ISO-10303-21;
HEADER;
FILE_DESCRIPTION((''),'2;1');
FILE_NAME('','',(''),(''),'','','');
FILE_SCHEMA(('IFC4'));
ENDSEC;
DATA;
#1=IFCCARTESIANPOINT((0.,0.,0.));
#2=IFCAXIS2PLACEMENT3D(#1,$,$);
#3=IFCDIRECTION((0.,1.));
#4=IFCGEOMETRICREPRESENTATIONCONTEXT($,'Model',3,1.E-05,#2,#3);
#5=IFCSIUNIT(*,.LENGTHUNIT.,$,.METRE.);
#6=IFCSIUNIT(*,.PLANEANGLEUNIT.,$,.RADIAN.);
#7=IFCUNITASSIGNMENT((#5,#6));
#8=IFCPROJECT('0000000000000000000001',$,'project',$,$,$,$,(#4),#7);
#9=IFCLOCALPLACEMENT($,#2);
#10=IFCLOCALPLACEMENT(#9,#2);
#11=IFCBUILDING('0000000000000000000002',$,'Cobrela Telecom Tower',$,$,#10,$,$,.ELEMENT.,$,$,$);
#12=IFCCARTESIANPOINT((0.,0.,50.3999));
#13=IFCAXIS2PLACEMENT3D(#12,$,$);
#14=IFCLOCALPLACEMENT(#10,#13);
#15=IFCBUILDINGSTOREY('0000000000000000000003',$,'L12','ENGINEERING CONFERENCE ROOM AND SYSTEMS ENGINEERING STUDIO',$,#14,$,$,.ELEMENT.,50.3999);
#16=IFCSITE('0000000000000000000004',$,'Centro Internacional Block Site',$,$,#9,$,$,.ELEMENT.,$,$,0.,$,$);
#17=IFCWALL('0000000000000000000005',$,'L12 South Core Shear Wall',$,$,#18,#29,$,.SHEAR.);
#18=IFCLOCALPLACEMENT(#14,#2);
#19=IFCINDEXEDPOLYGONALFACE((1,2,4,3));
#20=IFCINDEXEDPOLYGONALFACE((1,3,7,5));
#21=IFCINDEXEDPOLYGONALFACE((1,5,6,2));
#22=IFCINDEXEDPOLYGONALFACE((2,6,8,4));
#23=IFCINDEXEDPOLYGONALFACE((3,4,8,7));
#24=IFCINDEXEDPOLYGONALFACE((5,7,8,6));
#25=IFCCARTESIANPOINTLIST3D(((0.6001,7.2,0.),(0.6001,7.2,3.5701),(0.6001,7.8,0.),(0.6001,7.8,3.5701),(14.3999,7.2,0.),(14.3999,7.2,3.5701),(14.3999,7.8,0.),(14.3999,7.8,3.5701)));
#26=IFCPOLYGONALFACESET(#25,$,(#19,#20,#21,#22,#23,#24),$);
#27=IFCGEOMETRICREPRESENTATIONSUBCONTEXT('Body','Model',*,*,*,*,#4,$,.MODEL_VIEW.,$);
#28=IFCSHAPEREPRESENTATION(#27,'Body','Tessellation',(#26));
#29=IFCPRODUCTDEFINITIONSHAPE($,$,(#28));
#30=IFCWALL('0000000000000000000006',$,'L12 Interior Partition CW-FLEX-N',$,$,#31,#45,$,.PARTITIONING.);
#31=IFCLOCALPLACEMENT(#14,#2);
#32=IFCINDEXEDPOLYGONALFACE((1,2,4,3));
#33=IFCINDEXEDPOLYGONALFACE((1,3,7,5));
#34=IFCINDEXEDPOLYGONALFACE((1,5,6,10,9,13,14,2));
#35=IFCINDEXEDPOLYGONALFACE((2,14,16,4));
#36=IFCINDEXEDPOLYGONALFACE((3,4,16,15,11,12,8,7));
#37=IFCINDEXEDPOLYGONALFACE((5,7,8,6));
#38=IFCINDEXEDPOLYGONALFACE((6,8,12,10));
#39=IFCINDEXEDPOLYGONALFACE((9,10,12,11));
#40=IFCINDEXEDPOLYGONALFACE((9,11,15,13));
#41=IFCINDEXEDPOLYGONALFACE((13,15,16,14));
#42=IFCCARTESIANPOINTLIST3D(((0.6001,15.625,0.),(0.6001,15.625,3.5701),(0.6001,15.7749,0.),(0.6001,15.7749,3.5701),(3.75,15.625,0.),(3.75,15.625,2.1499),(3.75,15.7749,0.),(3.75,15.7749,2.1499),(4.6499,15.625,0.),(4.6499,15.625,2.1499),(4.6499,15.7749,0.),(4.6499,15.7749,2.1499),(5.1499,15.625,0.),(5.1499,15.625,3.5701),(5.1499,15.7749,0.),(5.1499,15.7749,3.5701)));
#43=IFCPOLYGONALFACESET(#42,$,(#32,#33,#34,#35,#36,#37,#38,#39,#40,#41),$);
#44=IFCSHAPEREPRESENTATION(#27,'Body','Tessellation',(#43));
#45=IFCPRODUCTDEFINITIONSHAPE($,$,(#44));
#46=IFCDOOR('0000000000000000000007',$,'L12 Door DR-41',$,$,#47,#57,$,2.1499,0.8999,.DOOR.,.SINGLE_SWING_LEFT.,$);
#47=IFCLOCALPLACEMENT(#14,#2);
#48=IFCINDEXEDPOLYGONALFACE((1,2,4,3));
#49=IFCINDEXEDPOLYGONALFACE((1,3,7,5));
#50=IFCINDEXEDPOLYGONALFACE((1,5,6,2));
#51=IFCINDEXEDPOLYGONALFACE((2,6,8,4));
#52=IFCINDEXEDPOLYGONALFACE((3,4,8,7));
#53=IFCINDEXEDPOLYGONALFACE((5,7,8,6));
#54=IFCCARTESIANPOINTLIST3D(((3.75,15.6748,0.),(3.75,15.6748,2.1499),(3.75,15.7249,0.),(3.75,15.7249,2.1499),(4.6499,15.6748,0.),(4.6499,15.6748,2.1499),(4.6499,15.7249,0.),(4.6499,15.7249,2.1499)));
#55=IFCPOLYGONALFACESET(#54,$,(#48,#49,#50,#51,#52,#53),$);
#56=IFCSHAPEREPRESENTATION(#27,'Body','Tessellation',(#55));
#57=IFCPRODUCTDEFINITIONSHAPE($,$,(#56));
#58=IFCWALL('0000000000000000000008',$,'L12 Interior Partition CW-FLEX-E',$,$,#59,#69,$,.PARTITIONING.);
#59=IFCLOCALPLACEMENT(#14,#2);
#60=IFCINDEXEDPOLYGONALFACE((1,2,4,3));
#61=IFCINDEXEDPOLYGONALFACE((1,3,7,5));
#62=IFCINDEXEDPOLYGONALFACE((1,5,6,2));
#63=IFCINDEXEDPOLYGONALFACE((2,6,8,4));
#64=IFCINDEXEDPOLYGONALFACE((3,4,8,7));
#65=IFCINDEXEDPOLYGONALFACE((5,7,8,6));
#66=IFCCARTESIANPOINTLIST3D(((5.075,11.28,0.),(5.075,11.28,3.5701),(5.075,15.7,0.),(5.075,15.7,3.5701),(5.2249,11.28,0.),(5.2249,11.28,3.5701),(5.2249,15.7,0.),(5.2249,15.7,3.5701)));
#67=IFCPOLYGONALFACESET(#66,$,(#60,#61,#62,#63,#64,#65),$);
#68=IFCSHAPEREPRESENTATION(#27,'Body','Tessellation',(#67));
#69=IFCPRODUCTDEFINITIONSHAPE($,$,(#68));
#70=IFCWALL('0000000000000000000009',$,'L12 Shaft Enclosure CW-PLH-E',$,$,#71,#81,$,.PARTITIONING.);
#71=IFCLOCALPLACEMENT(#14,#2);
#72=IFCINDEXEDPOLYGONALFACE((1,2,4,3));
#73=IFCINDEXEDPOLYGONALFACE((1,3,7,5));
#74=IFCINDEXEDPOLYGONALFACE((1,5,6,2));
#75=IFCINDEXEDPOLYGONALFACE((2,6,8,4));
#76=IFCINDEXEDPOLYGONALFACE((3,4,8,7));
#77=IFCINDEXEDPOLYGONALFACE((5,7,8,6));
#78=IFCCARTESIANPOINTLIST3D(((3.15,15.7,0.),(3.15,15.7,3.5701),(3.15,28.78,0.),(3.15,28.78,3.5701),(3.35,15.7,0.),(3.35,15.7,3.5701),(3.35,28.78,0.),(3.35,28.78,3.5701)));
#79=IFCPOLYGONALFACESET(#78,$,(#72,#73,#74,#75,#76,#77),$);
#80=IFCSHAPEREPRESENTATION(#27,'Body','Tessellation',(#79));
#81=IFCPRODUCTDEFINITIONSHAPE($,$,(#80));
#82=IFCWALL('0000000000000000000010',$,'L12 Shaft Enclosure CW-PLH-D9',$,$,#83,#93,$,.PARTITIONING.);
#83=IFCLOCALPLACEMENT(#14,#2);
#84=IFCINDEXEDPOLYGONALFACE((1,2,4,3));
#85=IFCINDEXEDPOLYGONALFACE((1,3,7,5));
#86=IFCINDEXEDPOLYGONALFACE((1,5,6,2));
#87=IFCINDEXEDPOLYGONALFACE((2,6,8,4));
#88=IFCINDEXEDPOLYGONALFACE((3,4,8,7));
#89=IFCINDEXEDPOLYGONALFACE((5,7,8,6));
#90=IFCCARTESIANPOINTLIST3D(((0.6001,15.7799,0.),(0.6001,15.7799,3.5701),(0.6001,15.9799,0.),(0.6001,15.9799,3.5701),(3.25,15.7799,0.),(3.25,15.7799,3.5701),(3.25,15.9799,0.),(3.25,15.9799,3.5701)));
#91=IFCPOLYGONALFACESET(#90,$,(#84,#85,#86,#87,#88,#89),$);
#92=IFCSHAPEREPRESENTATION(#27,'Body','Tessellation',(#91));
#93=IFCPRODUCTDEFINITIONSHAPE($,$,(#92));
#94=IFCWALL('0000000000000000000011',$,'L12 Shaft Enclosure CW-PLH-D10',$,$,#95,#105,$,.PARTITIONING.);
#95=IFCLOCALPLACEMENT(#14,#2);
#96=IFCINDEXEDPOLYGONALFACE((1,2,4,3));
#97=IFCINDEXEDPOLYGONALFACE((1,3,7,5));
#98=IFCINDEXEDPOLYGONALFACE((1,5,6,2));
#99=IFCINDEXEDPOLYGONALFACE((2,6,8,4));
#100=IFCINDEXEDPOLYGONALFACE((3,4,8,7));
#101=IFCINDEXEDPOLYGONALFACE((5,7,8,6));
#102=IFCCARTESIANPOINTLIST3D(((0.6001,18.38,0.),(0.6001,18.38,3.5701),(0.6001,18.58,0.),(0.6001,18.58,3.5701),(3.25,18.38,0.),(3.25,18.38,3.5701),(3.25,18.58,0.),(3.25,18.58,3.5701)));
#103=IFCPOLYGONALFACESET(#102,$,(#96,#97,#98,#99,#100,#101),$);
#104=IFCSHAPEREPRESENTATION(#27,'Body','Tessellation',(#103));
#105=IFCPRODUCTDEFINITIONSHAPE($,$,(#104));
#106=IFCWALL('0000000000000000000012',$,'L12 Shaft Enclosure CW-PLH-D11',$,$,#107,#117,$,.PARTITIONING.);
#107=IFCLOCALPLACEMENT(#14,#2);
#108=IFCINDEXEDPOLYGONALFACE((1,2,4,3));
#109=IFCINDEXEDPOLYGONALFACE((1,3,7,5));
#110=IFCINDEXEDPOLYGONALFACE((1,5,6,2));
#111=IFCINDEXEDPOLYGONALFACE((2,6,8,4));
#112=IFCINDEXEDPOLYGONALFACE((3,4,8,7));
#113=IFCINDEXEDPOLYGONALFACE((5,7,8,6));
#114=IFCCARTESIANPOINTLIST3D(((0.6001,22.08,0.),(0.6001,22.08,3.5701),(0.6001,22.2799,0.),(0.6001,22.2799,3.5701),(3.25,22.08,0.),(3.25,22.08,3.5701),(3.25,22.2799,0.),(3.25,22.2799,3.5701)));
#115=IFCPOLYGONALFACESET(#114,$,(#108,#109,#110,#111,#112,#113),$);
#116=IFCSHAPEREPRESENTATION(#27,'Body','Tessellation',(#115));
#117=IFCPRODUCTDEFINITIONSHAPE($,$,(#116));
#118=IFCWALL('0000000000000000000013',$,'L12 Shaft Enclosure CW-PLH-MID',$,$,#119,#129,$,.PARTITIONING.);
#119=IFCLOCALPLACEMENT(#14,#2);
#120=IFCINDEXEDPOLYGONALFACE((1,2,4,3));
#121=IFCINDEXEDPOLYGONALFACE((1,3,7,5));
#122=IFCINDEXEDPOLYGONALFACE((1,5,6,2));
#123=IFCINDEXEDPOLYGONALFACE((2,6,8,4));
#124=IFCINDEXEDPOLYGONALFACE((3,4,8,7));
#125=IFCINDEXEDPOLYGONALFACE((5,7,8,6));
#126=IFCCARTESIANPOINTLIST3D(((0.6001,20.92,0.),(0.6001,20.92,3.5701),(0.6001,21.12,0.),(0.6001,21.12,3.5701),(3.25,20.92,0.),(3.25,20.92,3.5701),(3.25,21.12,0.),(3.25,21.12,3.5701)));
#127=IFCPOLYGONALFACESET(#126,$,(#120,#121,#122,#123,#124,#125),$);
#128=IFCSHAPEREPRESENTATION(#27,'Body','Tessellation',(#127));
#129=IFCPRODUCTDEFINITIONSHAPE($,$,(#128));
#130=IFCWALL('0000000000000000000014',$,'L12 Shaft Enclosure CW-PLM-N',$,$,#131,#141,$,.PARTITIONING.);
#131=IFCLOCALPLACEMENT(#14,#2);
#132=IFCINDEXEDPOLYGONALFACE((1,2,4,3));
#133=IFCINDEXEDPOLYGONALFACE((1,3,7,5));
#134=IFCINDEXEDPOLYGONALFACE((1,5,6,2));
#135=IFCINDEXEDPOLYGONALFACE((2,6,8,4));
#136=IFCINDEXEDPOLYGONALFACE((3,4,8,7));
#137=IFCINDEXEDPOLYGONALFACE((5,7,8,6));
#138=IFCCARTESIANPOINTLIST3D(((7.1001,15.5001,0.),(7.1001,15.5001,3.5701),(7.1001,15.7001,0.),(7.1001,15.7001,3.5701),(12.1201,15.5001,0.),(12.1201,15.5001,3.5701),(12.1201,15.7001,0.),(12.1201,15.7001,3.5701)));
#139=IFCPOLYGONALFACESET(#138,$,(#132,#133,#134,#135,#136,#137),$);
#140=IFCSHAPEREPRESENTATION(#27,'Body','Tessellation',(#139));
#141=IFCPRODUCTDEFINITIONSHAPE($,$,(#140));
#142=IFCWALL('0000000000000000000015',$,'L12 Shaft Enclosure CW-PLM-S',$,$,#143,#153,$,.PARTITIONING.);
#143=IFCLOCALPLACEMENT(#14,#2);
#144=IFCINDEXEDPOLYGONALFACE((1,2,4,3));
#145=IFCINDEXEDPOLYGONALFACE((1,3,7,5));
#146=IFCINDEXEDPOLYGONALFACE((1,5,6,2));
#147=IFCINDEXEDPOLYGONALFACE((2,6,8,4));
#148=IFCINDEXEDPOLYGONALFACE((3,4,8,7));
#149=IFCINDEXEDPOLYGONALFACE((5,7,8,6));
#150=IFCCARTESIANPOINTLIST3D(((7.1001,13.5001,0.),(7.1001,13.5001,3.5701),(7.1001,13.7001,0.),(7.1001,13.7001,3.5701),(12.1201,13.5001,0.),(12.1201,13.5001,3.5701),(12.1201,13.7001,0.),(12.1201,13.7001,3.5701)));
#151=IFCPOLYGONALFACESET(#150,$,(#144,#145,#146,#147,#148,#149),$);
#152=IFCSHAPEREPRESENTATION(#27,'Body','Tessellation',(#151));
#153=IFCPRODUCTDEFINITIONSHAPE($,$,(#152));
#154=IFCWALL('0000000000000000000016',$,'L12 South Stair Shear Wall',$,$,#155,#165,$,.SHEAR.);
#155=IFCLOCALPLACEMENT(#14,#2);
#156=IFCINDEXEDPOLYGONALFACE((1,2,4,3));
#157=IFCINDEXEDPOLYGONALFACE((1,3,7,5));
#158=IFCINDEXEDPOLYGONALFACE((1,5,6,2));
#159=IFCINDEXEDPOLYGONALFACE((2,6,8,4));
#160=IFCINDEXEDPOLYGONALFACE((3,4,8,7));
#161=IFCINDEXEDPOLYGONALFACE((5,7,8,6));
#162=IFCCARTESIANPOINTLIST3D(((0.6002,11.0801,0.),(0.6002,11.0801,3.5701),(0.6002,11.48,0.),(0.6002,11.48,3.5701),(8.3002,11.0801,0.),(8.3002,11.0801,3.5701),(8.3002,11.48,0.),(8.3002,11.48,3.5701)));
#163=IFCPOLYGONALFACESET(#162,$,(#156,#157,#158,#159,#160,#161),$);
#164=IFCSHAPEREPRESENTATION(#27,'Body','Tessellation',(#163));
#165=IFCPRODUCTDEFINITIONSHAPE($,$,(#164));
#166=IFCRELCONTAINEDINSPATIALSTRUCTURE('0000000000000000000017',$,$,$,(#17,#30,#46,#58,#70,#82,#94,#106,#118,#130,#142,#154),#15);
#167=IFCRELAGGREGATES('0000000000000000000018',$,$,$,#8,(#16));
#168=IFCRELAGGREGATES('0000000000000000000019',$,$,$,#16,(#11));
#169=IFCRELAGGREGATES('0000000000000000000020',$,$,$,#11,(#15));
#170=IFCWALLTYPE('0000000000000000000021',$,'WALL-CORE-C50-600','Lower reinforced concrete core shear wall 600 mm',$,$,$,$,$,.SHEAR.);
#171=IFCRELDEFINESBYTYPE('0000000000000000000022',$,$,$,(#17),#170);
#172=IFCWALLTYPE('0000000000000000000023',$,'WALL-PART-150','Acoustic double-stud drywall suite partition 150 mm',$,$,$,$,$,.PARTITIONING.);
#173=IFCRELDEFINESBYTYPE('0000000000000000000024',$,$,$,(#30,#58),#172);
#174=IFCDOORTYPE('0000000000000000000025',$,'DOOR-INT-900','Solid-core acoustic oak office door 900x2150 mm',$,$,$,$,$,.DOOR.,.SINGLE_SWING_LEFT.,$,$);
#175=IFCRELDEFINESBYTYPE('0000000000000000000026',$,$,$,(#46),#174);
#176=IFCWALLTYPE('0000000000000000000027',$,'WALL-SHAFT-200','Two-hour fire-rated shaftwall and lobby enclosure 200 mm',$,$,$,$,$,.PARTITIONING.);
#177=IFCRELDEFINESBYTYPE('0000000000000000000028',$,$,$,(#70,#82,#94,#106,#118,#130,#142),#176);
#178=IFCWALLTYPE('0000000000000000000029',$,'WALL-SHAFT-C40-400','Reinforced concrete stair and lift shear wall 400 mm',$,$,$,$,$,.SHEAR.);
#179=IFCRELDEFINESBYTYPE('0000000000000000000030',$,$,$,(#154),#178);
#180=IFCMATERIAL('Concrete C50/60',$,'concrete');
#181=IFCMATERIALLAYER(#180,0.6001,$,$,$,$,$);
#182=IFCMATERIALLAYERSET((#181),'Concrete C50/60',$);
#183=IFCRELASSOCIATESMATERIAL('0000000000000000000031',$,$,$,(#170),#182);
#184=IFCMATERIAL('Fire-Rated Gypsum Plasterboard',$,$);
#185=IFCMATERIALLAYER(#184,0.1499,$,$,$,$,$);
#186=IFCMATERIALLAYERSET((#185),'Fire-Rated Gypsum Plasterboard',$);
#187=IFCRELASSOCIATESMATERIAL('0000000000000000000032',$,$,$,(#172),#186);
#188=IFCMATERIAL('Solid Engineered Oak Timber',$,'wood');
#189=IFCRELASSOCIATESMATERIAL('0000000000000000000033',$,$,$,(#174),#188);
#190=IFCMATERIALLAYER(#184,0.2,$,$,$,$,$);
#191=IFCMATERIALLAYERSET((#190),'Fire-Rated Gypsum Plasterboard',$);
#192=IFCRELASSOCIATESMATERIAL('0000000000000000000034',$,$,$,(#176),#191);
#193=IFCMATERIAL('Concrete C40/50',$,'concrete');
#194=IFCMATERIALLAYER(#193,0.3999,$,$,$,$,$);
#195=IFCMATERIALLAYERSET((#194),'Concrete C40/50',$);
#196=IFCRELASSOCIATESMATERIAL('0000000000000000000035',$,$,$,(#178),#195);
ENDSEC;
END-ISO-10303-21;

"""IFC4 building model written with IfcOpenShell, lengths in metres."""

from ifc_helpers import new_model, si_unit, direction, frame, frame_2d, origin, place, context, subcontext, project, spatial, rectangle, extrude, material, layer, layer_set, type_object, element, fill, save


model = new_model("IFC4")

# Units and contexts
model_context = context("Model", 3, precision=1e-05, world=origin(), true_north=direction((0.0, 1.0)))
body_context = subcontext(model_context, "Body", "Model", "MODEL_VIEW")
ifc_project = project(units=[si_unit("LENGTHUNIT", "METRE"), si_unit("PLANEANGLEUNIT", "RADIAN")], contexts=[model_context])

# Site, building, storey
site_placement = place(None, origin())
site = spatial("IfcSite", under=ifc_project, at=site_placement, Name="Centro Internacional Block Site", CompositionType="ELEMENT", RefElevation=0.0)
building_placement = place(site_placement, origin())
building = spatial("IfcBuilding", under=site, at=building_placement, Name="Cobrela Telecom Tower", CompositionType="ELEMENT")
storey_placement = place(building_placement, frame((0.0, 0.0, 50.3999)))
storey = spatial("IfcBuildingStorey", under=building, at=storey_placement, Name="L12", Description="ENGINEERING CONFERENCE ROOM AND SYSTEMS ENGINEERING STUDIO", CompositionType="ELEMENT", Elevation=50.3999)

# Wall
ifc_material_1 = material(Name="Concrete C50/60", Category="concrete")
ifc_layer_1 = layer(ifc_material_1, 0.6001)
ifc_layer_set_1 = layer_set([ifc_layer_1], Name="Concrete C50/60")
wall_type_1 = type_object("IfcWallType", Name="WALL-CORE-C50-600", Description="Lower reinforced concrete core shear wall 600 mm", PredefinedType="SHEAR", material=ifc_layer_set_1)
wall_1_placement = place(storey_placement, frame((0.6001, 7.5, 0.0), z_axis=(0.0, 0.0, 1.0), x_axis=(1.0, 0.0, 0.0)))
element("IfcWall", 1, at=wall_1_placement, inside=storey, type_object=wall_type_1, Name="L12 South Core Shear Wall", PredefinedType="SHEAR", context=body_context, shape_type="SweptSolid", body=[
    extrude(rectangle(XDim=13.7998, YDim=0.6001, at=frame_2d((6.8999, 0.0))), origin(), (0.0, 0.0, 1.0), 3.5701),
])

# Wall, opening, door
ifc_material_2 = material(Name="Fire-Rated Gypsum Plasterboard")
ifc_layer_2 = layer(ifc_material_2, 0.1499)
ifc_layer_set_2 = layer_set([ifc_layer_2], Name="Fire-Rated Gypsum Plasterboard")
wall_type_2 = type_object("IfcWallType", Name="WALL-PART-150", Description="Acoustic double-stud drywall suite partition 150 mm", PredefinedType="PARTITIONING", material=ifc_layer_set_2)
wall_2_placement = place(storey_placement, frame((0.6001, 15.7, 0.0), z_axis=(0.0, 0.0, 1.0), x_axis=(1.0, 0.0, 0.0)))
wall_2 = element("IfcWall", 2, at=wall_2_placement, inside=storey, type_object=wall_type_2, Name="L12 Interior Partition CW-FLEX-N", PredefinedType="PARTITIONING", context=body_context, shape_type="SweptSolid", body=[
    extrude(rectangle(XDim=4.5498, YDim=0.1499, at=frame_2d((2.2749, 0.0))), origin(), (0.0, 0.0, 1.0), 3.5701),
])
opening_placement = place(wall_2_placement, frame((3.1499, 0.0, 0.0)))
opening = element("IfcOpeningElement", 3, at=opening_placement, cuts=wall_2, PredefinedType="OPENING", context=body_context, shape_type="SweptSolid", body=[
    extrude(rectangle(XDim=0.8999, YDim=2.1499, at=frame_2d((0.45, 1.075))), frame((0.0, 0.0869, 0.0), z_axis=(0.0, -1.0, 0.0), x_axis=(1.0, 0.0, 0.0)), (0.0, 0.0, 1.0), 0.1738),
])
ifc_material_3 = material(Name="Solid Engineered Oak Timber", Category="wood")
door_type = type_object("IfcDoorType", Name="DOOR-INT-900", Description="Solid-core acoustic oak office door 900x2150 mm", OperationType="SINGLE_SWING_LEFT", PredefinedType="DOOR", material=ifc_material_3)
door_placement = place(opening_placement, origin())
door = element("IfcDoor", 4, at=door_placement, inside=storey, type_object=door_type, Name="L12 Door DR-41", OperationType="SINGLE_SWING_LEFT", OverallHeight=2.1499, OverallWidth=0.8999, PredefinedType="DOOR", context=body_context, shape_type="SweptSolid", body=[
    extrude(rectangle(XDim=0.8999, YDim=2.1499, at=frame_2d((0.45, 1.075))), frame((0.0, 0.0249, 0.0), z_axis=(0.0, -1.0, 0.0), x_axis=(1.0, 0.0, 0.0)), (0.0, 0.0, 1.0), 0.05),
])
fill(opening, door)

# Walls
wall_3_placement = place(storey_placement, frame((5.1499, 11.28, 0.0), z_axis=(0.0, 0.0, 1.0), x_axis=(0.0, 1.0, 0.0)))
element("IfcWall", 5, at=wall_3_placement, inside=storey, type_object=wall_type_2, Name="L12 Interior Partition CW-FLEX-E", PredefinedType="PARTITIONING", context=body_context, shape_type="SweptSolid", body=[
    extrude(rectangle(XDim=4.4199, YDim=0.1499, at=frame_2d((2.21, 0.0))), origin(), (0.0, 0.0, 1.0), 3.5701),
])
ifc_layer_3 = layer(ifc_material_2, 0.2)
ifc_layer_set_3 = layer_set([ifc_layer_3], Name="Fire-Rated Gypsum Plasterboard")
wall_type_3 = type_object("IfcWallType", Name="WALL-SHAFT-200", Description="Two-hour fire-rated shaftwall and lobby enclosure 200 mm", PredefinedType="PARTITIONING", material=ifc_layer_set_3)
wall_4_placement = place(storey_placement, frame((3.25, 15.7, 0.0), z_axis=(0.0, 0.0, 1.0), x_axis=(0.0, 1.0, 0.0)))
element("IfcWall", 6, at=wall_4_placement, inside=storey, type_object=wall_type_3, Name="L12 Shaft Enclosure CW-PLH-E", PredefinedType="PARTITIONING", context=body_context, shape_type="SweptSolid", body=[
    extrude(rectangle(XDim=13.0801, YDim=0.2, at=frame_2d((6.54, 0.0))), origin(), (0.0, 0.0, 1.0), 3.5701),
])
for number, where, z_axis, x_axis, name in (
    (7, (0.6001, 15.8799, 0.0), (0.0, 0.0, 1.0), (1.0, 0.0, 0.0), "L12 Shaft Enclosure CW-PLH-D9"),
    (8, (0.6001, 18.48, 0.0), (0.0, 0.0, 1.0), (1.0, 0.0, 0.0), "L12 Shaft Enclosure CW-PLH-D10"),
    (9, (0.6001, 22.1799, 0.0), (0.0, 0.0, 1.0), (1.0, 0.0, 0.0), "L12 Shaft Enclosure CW-PLH-D11"),
    (10, (0.6001, 21.02, 0.0), (0.0, 0.0, 1.0), (1.0, 0.0, 0.0), "L12 Shaft Enclosure CW-PLH-MID"),
):
    element("IfcWall", number, at=place(storey_placement, frame(where, z_axis=z_axis, x_axis=x_axis)), inside=storey, type_object=wall_type_3, Name=name, PredefinedType="PARTITIONING", context=body_context, shape_type="SweptSolid", body=[
        extrude(rectangle(XDim=2.6499, YDim=0.2, at=frame_2d((1.325, 0.0))), origin(), (0.0, 0.0, 1.0), 3.5701),
    ])
for number, where, z_axis, x_axis, name in (
    (11, (7.1001, 15.6001, 0.0), (0.0, 0.0, 1.0), (1.0, 0.0, 0.0), "L12 Shaft Enclosure CW-PLM-N"),
    (12, (7.1001, 13.6001, 0.0), (0.0, 0.0, 1.0), (1.0, 0.0, 0.0), "L12 Shaft Enclosure CW-PLM-S"),
):
    element("IfcWall", number, at=place(storey_placement, frame(where, z_axis=z_axis, x_axis=x_axis)), inside=storey, type_object=wall_type_3, Name=name, PredefinedType="PARTITIONING", context=body_context, shape_type="SweptSolid", body=[
        extrude(rectangle(XDim=5.02, YDim=0.2, at=frame_2d((2.51, 0.0))), origin(), (0.0, 0.0, 1.0), 3.5701),
    ])
ifc_material_4 = material(Name="Concrete C40/50", Category="concrete")
ifc_layer_4 = layer(ifc_material_4, 0.3999)
ifc_layer_set_4 = layer_set([ifc_layer_4], Name="Concrete C40/50")
wall_type_4 = type_object("IfcWallType", Name="WALL-SHAFT-C40-400", Description="Reinforced concrete stair and lift shear wall 400 mm", PredefinedType="SHEAR", material=ifc_layer_set_4)
wall_5_placement = place(storey_placement, frame((0.6001, 11.28, 0.0), z_axis=(0.0, 0.0, 1.0), x_axis=(1.0, 0.0, 0.0)))
element("IfcWall", 13, at=wall_5_placement, inside=storey, type_object=wall_type_4, Name="L12 South Stair Shear Wall", PredefinedType="SHEAR", context=body_context, shape_type="SweptSolid", body=[
    extrude(rectangle(XDim=7.7, YDim=0.3999, at=frame_2d((3.8501, 0.0))), origin(), (0.0, 0.0, 1.0), 3.5701),
])

save(model, "model.ifc")
